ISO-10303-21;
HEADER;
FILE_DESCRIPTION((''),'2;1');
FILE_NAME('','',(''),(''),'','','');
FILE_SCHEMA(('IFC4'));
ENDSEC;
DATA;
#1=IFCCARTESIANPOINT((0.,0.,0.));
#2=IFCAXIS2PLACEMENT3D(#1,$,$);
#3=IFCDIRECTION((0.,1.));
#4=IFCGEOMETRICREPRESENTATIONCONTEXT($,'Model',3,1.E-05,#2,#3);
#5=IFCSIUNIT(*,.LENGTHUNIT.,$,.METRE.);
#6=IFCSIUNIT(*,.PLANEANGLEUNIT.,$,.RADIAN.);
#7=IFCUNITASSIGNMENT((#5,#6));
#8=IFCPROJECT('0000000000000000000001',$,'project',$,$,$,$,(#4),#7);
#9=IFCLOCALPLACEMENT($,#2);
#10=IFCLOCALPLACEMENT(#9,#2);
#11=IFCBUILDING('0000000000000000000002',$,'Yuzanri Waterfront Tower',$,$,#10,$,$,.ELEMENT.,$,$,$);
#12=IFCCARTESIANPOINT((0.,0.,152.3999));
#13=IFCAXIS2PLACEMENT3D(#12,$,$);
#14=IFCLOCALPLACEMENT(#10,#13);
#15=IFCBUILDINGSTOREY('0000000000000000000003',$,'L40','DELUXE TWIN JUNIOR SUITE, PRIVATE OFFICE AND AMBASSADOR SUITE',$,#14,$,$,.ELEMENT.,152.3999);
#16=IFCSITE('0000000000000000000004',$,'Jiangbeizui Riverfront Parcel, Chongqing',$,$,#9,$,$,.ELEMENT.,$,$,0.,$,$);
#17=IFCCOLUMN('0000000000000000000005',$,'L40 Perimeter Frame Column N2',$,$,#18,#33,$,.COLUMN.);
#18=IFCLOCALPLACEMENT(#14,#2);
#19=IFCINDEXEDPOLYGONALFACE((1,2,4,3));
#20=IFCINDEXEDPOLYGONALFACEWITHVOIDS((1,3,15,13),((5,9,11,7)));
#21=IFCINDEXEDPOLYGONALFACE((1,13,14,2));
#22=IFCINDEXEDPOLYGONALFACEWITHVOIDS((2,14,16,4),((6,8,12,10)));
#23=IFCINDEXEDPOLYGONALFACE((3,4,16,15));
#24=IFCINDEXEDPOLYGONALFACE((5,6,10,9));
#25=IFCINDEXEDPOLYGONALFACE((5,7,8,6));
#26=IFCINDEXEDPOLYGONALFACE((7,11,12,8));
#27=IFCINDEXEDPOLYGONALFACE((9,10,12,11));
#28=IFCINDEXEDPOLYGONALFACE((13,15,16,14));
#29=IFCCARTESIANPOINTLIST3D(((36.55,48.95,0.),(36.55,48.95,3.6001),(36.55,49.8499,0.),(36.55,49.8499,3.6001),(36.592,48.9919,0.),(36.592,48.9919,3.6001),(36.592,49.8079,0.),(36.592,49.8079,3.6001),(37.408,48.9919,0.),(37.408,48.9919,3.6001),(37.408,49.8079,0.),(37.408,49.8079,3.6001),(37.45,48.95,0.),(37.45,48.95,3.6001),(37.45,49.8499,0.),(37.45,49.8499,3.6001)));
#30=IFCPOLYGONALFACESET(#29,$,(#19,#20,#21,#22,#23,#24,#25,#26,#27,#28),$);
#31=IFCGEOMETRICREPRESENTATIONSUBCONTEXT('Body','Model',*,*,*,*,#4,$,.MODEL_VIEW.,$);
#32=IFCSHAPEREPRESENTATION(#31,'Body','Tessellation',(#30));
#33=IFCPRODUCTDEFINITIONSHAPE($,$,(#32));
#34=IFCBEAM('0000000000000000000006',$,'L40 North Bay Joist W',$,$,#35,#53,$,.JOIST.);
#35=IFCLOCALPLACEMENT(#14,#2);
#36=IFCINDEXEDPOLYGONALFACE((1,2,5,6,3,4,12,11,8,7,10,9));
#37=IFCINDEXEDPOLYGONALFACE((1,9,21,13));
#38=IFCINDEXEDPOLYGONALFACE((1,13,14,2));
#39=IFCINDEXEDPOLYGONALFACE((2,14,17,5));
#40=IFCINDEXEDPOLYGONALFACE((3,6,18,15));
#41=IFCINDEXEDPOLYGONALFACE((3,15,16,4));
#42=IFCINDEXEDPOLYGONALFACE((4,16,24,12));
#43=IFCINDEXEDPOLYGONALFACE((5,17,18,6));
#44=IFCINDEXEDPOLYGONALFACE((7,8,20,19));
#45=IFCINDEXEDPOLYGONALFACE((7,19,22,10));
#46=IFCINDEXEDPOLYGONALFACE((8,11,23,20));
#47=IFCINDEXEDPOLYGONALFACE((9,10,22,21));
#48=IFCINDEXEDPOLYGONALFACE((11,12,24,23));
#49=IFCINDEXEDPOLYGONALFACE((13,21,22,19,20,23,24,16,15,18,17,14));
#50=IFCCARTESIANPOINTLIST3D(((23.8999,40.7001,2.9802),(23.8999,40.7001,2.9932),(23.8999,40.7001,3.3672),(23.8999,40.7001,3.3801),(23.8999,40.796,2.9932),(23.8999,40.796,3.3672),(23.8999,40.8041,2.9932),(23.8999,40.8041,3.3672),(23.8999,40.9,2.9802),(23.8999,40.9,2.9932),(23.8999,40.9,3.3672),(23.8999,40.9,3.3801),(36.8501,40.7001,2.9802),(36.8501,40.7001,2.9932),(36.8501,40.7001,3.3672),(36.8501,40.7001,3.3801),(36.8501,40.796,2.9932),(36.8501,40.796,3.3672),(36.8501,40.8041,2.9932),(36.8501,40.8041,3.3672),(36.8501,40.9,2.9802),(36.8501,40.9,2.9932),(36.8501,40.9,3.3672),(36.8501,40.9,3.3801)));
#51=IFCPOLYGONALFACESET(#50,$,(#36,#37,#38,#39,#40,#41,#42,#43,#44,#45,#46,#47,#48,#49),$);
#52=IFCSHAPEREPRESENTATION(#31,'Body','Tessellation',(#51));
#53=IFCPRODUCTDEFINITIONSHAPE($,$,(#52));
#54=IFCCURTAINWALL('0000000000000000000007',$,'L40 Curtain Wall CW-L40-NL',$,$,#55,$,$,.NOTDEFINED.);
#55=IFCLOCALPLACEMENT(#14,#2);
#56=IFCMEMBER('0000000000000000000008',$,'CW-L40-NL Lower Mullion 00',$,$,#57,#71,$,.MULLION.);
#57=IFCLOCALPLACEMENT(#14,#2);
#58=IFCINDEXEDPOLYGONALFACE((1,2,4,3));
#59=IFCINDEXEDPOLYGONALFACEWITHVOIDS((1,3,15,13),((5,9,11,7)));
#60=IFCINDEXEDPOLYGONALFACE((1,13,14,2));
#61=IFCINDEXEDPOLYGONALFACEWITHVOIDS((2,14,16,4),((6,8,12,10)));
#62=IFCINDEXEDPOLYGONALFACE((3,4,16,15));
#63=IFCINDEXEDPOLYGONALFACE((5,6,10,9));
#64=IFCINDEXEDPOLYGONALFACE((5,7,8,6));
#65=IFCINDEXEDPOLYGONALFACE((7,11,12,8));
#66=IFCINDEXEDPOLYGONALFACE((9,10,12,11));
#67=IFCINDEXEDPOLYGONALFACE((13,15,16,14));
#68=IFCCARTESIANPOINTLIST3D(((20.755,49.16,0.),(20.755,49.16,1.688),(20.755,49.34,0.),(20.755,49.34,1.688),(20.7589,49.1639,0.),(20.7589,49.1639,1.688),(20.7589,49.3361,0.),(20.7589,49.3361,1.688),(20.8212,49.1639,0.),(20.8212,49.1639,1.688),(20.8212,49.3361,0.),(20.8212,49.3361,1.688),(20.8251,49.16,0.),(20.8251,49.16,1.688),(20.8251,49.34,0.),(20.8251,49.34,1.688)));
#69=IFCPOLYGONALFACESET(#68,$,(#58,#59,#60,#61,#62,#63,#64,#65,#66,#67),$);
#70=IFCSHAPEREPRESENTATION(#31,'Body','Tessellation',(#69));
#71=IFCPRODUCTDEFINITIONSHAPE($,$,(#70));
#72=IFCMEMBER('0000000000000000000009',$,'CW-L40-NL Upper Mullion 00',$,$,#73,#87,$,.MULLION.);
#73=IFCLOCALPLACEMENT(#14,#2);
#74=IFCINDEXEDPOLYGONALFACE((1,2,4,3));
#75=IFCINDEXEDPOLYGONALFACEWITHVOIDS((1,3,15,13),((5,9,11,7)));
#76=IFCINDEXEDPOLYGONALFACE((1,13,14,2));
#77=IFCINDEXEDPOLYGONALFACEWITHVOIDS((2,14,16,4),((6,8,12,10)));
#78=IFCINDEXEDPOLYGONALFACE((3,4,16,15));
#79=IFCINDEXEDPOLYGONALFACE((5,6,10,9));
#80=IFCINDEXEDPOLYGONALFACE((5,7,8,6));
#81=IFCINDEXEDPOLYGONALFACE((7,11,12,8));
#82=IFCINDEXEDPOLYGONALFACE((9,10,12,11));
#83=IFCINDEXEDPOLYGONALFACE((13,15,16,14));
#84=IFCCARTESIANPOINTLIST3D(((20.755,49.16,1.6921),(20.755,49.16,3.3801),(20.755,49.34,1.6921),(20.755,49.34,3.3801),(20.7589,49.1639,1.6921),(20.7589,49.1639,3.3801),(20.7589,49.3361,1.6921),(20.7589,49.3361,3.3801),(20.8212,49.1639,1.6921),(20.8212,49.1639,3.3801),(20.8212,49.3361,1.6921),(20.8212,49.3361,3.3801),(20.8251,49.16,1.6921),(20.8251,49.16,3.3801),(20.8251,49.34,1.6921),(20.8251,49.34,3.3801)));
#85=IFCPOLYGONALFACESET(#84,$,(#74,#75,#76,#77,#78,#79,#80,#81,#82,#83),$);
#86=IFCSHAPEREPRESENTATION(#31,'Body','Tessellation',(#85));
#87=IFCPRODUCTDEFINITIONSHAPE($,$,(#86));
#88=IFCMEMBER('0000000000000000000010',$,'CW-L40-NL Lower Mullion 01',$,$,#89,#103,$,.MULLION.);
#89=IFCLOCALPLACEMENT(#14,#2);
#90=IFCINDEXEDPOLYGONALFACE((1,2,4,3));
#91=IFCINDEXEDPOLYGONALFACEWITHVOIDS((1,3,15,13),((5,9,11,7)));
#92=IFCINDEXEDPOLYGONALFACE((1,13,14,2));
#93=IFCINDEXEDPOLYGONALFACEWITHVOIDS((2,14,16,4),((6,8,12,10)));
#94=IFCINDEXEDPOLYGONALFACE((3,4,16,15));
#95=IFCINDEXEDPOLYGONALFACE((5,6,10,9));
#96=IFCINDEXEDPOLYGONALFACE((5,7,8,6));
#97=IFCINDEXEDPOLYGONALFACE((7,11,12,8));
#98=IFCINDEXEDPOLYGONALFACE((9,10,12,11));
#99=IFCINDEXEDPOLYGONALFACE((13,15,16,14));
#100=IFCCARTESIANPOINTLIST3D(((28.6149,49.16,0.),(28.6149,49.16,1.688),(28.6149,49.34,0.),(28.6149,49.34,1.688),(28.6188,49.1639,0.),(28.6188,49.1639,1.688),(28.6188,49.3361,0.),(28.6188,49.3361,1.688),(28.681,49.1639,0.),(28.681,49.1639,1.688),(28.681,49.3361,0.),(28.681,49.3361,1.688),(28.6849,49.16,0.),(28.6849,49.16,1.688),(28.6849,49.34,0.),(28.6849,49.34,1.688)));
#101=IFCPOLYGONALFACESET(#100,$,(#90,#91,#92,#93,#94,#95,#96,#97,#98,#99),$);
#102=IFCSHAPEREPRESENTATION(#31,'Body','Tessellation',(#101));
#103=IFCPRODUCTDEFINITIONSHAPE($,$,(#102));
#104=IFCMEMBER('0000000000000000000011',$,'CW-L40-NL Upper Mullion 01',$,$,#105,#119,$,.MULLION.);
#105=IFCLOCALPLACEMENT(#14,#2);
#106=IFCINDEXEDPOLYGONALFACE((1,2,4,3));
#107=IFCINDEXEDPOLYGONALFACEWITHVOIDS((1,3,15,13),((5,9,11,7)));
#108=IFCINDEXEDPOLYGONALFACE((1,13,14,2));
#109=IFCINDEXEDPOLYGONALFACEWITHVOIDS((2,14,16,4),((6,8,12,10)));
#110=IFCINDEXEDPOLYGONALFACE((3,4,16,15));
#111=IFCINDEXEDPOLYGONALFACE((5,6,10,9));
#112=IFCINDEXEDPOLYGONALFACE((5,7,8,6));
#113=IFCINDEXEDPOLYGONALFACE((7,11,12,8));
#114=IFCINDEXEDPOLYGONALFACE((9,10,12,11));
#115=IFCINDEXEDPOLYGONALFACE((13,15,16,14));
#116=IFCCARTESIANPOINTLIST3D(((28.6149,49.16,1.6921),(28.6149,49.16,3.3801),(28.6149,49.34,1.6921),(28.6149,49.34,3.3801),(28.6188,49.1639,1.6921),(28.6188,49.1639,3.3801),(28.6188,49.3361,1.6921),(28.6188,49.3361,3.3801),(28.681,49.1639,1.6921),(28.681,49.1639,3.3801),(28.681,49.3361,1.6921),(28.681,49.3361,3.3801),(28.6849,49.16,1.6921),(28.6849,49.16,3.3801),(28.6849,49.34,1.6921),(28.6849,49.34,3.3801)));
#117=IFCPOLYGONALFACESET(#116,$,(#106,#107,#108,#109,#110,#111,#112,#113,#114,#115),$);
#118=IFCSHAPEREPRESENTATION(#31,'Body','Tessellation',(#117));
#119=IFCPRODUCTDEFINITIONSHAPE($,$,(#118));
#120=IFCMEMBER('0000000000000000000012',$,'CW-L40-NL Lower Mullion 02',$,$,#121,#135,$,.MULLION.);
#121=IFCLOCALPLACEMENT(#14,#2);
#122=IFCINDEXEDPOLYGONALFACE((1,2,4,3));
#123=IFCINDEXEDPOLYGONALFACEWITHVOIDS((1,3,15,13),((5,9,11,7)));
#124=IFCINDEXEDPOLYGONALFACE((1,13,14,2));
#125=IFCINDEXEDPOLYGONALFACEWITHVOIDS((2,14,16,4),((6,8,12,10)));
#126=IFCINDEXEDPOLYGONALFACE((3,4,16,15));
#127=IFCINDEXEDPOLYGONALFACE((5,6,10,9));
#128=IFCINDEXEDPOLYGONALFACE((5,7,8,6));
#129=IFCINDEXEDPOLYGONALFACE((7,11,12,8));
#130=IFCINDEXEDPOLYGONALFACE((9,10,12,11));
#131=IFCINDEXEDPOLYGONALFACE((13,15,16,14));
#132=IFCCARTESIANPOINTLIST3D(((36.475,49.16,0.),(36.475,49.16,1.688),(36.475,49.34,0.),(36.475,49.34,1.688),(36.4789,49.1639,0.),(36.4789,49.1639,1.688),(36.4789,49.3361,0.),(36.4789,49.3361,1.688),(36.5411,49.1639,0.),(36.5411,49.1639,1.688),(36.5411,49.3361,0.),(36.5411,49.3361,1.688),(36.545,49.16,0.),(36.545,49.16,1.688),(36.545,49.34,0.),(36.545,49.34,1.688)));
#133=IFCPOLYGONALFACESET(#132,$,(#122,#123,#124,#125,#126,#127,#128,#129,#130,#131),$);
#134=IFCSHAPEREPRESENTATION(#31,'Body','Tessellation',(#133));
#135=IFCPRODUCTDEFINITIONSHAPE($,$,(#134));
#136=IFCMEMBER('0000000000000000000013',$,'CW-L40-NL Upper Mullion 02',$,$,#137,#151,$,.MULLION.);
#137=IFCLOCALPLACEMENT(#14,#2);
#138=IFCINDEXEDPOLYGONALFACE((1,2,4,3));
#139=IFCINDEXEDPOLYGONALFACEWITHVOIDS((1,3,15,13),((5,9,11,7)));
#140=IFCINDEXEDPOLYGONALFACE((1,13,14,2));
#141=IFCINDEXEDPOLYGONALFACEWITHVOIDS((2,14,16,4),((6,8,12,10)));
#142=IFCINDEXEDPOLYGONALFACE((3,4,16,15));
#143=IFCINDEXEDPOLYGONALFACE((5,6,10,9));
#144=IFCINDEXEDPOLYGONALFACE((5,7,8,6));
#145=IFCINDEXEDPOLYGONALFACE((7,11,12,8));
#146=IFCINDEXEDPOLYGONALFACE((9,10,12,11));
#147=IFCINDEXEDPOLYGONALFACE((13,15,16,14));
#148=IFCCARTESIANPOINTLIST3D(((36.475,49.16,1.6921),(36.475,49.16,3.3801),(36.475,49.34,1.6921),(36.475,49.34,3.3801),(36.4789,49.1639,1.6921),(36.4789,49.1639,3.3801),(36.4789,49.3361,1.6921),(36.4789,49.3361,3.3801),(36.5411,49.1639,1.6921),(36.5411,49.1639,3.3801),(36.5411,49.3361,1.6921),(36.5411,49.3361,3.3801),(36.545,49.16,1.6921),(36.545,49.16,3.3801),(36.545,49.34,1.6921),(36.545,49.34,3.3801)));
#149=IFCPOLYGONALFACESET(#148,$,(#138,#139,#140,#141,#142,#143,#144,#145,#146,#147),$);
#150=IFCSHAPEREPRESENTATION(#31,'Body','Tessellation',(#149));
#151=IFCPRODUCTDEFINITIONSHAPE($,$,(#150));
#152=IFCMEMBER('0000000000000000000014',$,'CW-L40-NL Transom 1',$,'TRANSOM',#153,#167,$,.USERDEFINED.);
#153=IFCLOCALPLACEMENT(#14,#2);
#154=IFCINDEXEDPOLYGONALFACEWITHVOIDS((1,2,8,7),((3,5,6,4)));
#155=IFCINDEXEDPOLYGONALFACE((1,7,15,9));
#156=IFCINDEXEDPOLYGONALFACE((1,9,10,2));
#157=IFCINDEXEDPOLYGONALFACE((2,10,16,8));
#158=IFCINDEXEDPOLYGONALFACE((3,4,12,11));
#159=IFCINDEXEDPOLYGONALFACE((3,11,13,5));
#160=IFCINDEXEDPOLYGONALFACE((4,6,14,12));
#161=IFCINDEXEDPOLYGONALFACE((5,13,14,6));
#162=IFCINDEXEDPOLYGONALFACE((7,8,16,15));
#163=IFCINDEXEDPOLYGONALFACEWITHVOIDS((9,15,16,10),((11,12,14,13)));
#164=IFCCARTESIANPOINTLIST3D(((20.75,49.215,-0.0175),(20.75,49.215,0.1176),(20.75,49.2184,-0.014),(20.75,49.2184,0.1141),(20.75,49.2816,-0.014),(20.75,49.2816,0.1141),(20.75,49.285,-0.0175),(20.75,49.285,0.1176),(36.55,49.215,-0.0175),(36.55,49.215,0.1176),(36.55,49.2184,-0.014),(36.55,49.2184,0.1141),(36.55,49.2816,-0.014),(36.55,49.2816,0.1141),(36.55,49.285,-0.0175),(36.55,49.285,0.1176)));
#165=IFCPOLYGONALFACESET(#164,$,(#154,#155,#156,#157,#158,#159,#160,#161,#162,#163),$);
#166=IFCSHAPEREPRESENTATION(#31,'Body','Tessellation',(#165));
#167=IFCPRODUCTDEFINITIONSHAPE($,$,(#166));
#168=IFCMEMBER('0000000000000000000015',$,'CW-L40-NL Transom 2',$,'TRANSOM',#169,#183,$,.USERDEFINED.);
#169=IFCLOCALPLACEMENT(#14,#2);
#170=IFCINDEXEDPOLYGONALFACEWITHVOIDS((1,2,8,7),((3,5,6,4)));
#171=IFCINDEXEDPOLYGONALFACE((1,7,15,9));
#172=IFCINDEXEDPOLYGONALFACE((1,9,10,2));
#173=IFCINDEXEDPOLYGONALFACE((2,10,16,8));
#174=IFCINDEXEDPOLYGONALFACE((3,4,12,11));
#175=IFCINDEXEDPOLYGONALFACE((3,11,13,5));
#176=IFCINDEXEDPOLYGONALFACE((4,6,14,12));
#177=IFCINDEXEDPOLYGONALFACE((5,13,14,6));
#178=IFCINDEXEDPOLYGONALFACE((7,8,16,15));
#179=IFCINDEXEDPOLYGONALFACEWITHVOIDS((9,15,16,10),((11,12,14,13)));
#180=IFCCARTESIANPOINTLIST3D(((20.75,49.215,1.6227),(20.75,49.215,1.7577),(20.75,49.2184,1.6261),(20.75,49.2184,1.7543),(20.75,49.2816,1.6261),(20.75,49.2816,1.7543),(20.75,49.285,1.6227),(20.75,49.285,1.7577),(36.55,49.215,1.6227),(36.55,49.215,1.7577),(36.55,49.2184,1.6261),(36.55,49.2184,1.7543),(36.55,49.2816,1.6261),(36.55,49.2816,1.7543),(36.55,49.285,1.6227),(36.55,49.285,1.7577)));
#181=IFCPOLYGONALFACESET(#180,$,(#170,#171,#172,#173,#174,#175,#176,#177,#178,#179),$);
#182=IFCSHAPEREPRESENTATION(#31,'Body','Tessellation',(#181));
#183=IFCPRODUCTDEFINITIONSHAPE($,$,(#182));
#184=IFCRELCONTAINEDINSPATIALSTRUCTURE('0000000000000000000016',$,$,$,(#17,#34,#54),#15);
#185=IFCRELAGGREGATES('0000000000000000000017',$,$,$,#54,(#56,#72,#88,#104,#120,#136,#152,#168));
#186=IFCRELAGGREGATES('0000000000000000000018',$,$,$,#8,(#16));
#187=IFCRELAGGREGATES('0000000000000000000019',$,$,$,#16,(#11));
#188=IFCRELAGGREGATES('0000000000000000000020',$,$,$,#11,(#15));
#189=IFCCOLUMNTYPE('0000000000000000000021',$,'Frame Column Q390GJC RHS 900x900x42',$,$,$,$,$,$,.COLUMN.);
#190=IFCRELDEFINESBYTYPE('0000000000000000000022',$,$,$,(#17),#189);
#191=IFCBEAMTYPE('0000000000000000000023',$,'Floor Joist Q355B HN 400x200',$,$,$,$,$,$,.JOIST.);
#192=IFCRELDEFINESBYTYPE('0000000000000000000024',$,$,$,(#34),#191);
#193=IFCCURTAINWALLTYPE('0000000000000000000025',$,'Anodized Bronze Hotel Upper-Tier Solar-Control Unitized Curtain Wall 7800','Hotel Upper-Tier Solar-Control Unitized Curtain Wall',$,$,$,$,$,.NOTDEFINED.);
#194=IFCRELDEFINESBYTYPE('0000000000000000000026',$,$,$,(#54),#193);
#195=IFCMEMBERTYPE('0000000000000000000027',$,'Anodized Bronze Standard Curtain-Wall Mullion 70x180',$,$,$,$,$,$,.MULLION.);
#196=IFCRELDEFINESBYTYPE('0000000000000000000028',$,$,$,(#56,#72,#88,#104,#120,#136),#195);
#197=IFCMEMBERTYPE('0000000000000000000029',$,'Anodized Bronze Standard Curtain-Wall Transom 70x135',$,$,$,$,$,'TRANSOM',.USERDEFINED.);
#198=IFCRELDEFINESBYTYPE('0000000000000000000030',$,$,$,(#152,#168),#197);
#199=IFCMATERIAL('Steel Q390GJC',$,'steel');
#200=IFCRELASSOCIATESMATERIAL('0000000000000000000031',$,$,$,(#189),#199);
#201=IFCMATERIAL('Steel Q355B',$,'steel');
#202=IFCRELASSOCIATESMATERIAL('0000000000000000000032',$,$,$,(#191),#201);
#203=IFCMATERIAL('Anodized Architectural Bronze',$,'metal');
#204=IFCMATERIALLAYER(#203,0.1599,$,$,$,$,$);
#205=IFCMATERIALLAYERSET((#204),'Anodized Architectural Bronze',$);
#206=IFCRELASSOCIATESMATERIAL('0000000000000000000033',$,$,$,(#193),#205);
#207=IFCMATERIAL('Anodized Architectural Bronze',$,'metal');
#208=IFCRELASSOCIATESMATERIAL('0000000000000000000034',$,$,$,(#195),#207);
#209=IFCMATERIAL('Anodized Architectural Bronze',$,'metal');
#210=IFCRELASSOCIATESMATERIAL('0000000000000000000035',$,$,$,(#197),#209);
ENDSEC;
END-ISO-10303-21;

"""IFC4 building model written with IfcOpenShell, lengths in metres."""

from ifc_helpers import new_model, si_unit, direction, frame, origin, origin_2d, place, context, subcontext, project, spatial, hollow_rectangle, i_section, extrude, source, transform, mapped, material, layer, layer_set, material_profile, profile_set, type_object, element, aggregate, save


model = new_model("IFC4")

# Units and contexts
model_context = context("Model", 3, precision=1e-05, world=origin(), true_north=direction((0.0, 1.0)))
body_context = subcontext(model_context, "Body", "Model", "MODEL_VIEW")
ifc_project = project(units=[si_unit("LENGTHUNIT", "METRE"), si_unit("PLANEANGLEUNIT", "RADIAN")], contexts=[model_context])

# Site, building, storey
site_placement = place(None, origin())
site = spatial("IfcSite", under=ifc_project, at=site_placement, Name="Jiangbeizui Riverfront Parcel, Chongqing", CompositionType="ELEMENT", RefElevation=0.0)
building_placement = place(site_placement, origin())
building = spatial("IfcBuilding", under=site, at=building_placement, Name="Yuzanri Waterfront Tower", CompositionType="ELEMENT")
storey_placement = place(building_placement, frame((0.0, 0.0, 152.3999)))
storey = spatial("IfcBuildingStorey", under=building, at=storey_placement, Name="L40", Description="DELUXE TWIN JUNIOR SUITE, PRIVATE OFFICE AND AMBASSADOR SUITE", CompositionType="ELEMENT", Elevation=152.3999)

# Column
ifc_material_1 = material(Name="Steel Q390GJC", Category="steel")
ifc_material_profile_1 = material_profile(ifc_material_1, hollow_rectangle(XDim=0.8999, YDim=0.8999, WallThickness=0.042, at=origin_2d()), Name="RHS 900x900x42")
ifc_profile_set_1 = profile_set([ifc_material_profile_1], Name="Steel Q390GJC")
column_type = type_object("IfcColumnType", Name="Frame Column Q390GJC RHS 900x900x42", PredefinedType="COLUMN", material=ifc_profile_set_1)
shared_shape_1 = source(origin(), body_context, "Body", "SweptSolid", [
    extrude(hollow_rectangle(XDim=0.8999, YDim=0.8999, WallThickness=0.042, at=origin_2d()), origin(), (0.0, 0.0, 1.0), 3.6001),
])
column_placement = place(storey_placement, frame((37.0, 49.3999, 0.0), z_axis=(0.0, 0.0, 1.0), x_axis=(1.0, 0.0, 0.0)))
element("IfcColumn", 1, at=column_placement, inside=storey, type_object=column_type, Name="L40 Perimeter Frame Column N2", PredefinedType="COLUMN", context=body_context, shape_type="MappedRepresentation", body=[
    mapped(shared_shape_1, transform((0.0, 0.0, 0.0), scale=1.0)),
])

# Beam
ifc_material_2 = material(Name="Steel Q355B", Category="steel")
ifc_material_profile_2 = material_profile(ifc_material_2, i_section(OverallWidth=0.2, OverallDepth=0.3999, WebThickness=0.0081, FlangeThickness=0.0129, at=origin_2d()), Name="HN 400x200x8x13")
ifc_profile_set_2 = profile_set([ifc_material_profile_2], Name="Steel Q355B")
beam_type = type_object("IfcBeamType", Name="Floor Joist Q355B HN 400x200", PredefinedType="JOIST", material=ifc_profile_set_2)
shared_shape_2 = source(origin(), body_context, "Body", "SweptSolid", [
    extrude(i_section(OverallWidth=0.2, OverallDepth=0.3999, WebThickness=0.0081, FlangeThickness=0.0129, at=origin_2d()), origin(), (0.0, 0.0, 1.0), 12.9502),
])
beam_placement = place(storey_placement, frame((23.8999, 40.8, 3.1802), z_axis=(1.0, 0.0, 0.0), x_axis=(0.0, 1.0, 0.0)))
element("IfcBeam", 2, at=beam_placement, inside=storey, type_object=beam_type, Name="L40 North Bay Joist W", PredefinedType="JOIST", context=body_context, shape_type="MappedRepresentation", body=[
    mapped(shared_shape_2, transform((0.0, 0.0, 0.0), scale=1.0)),
])

# Curtain wall, members
ifc_material_3 = material(Name="Anodized Architectural Bronze", Category="metal")
ifc_layer_1 = layer(ifc_material_3, 0.1599)
ifc_layer_set_1 = layer_set([ifc_layer_1], Name="Anodized Architectural Bronze")
curtain_wall_type = type_object("IfcCurtainWallType", Name="Anodized Bronze Hotel Upper-Tier Solar-Control Unitized Curtain Wall 7800", Description="Hotel Upper-Tier Solar-Control Unitized Curtain Wall", PredefinedType="NOTDEFINED", material=ifc_layer_set_1)
curtain_wall_placement = place(storey_placement, origin())
curtain_wall = element("IfcCurtainWall", 3, at=curtain_wall_placement, inside=storey, type_object=curtain_wall_type, Name="L40 Curtain Wall CW-L40-NL", PredefinedType="NOTDEFINED")
ifc_material_4 = material(Name="Anodized Architectural Bronze", Category="metal")
ifc_material_profile_3 = material_profile(ifc_material_4, hollow_rectangle(XDim=0.0701, YDim=0.1799, WallThickness=0.0039, at=origin_2d()), Name="CWM 70x180")
ifc_profile_set_3 = profile_set([ifc_material_profile_3], Name="Anodized Architectural Bronze")
member_type_1 = type_object("IfcMemberType", Name="Anodized Bronze Standard Curtain-Wall Mullion 70x180", PredefinedType="MULLION", material=ifc_profile_set_3)
shared_shape_3 = source(origin(), body_context, "Body", "SweptSolid", [
    extrude(hollow_rectangle(XDim=0.0701, YDim=0.1799, WallThickness=0.0039, at=origin_2d()), origin(), (0.0, 0.0, 1.0), 1.688),
])
member_1_placement = place(storey_placement, frame((20.79, 49.25, 0.0), z_axis=(0.0, 0.0, 1.0), x_axis=(1.0, 0.0, 0.0)))
member_1 = element("IfcMember", 4, at=member_1_placement, type_object=member_type_1, Name="CW-L40-NL Lower Mullion 00", PredefinedType="MULLION", context=body_context, shape_type="MappedRepresentation", body=[
    mapped(shared_shape_3, transform((0.0, 0.0, 0.0), scale=1.0)),
])
member_2_placement = place(storey_placement, frame((20.79, 49.25, 1.6921), z_axis=(0.0, 0.0, 1.0), x_axis=(1.0, 0.0, 0.0)))
member_2 = element("IfcMember", 5, at=member_2_placement, type_object=member_type_1, Name="CW-L40-NL Upper Mullion 00", PredefinedType="MULLION", context=body_context, shape_type="MappedRepresentation", body=[
    mapped(shared_shape_3, transform((0.0, 0.0, 0.0), scale=1.0)),
])
member_3_placement = place(storey_placement, frame((28.6499, 49.25, 0.0), z_axis=(0.0, 0.0, 1.0), x_axis=(1.0, 0.0, 0.0)))
member_3 = element("IfcMember", 6, at=member_3_placement, type_object=member_type_1, Name="CW-L40-NL Lower Mullion 01", PredefinedType="MULLION", context=body_context, shape_type="MappedRepresentation", body=[
    mapped(shared_shape_3, transform((0.0, 0.0, 0.0), scale=1.0)),
])
member_4_placement = place(storey_placement, frame((28.6499, 49.25, 1.6921), z_axis=(0.0, 0.0, 1.0), x_axis=(1.0, 0.0, 0.0)))
member_4 = element("IfcMember", 7, at=member_4_placement, type_object=member_type_1, Name="CW-L40-NL Upper Mullion 01", PredefinedType="MULLION", context=body_context, shape_type="MappedRepresentation", body=[
    mapped(shared_shape_3, transform((0.0, 0.0, 0.0), scale=1.0)),
])
member_5_placement = place(storey_placement, frame((36.51, 49.25, 0.0), z_axis=(0.0, 0.0, 1.0), x_axis=(1.0, 0.0, 0.0)))
member_5 = element("IfcMember", 8, at=member_5_placement, type_object=member_type_1, Name="CW-L40-NL Lower Mullion 02", PredefinedType="MULLION", context=body_context, shape_type="MappedRepresentation", body=[
    mapped(shared_shape_3, transform((0.0, 0.0, 0.0), scale=1.0)),
])
member_6_placement = place(storey_placement, frame((36.51, 49.25, 1.6921), z_axis=(0.0, 0.0, 1.0), x_axis=(1.0, 0.0, 0.0)))
member_6 = element("IfcMember", 9, at=member_6_placement, type_object=member_type_1, Name="CW-L40-NL Upper Mullion 02", PredefinedType="MULLION", context=body_context, shape_type="MappedRepresentation", body=[
    mapped(shared_shape_3, transform((0.0, 0.0, 0.0), scale=1.0)),
])
ifc_material_5 = material(Name="Anodized Architectural Bronze", Category="metal")
ifc_material_profile_4 = material_profile(ifc_material_5, hollow_rectangle(XDim=0.0701, YDim=0.135, WallThickness=0.0034, at=origin_2d()), Name="CWT 70x135")
ifc_profile_set_4 = profile_set([ifc_material_profile_4], Name="Anodized Architectural Bronze")
member_type_2 = type_object("IfcMemberType", Name="Anodized Bronze Standard Curtain-Wall Transom 70x135", ElementType="TRANSOM", PredefinedType="USERDEFINED", material=ifc_profile_set_4)
shared_shape_4 = source(origin(), body_context, "Body", "SweptSolid", [
    extrude(hollow_rectangle(XDim=0.0701, YDim=0.135, WallThickness=0.0034, at=origin_2d()), origin(), (0.0, 0.0, 1.0), 15.8),
])
member_7_placement = place(storey_placement, frame((20.75, 49.25, 0.05), z_axis=(1.0, 0.0, 0.0), x_axis=(0.0, 1.0, 0.0)))
member_7 = element("IfcMember", 10, at=member_7_placement, type_object=member_type_2, Name="CW-L40-NL Transom 1", ObjectType="TRANSOM", PredefinedType="USERDEFINED", context=body_context, shape_type="MappedRepresentation", body=[
    mapped(shared_shape_4, transform((0.0, 0.0, 0.0), scale=1.0)),
])
member_8_placement = place(storey_placement, frame((20.75, 49.25, 1.6902), z_axis=(1.0, 0.0, 0.0), x_axis=(0.0, 1.0, 0.0)))
member_8 = element("IfcMember", 11, at=member_8_placement, type_object=member_type_2, Name="CW-L40-NL Transom 2", ObjectType="TRANSOM", PredefinedType="USERDEFINED", context=body_context, shape_type="MappedRepresentation", body=[
    mapped(shared_shape_4, transform((0.0, 0.0, 0.0), scale=1.0)),
])
aggregate(curtain_wall, [member_1, member_2, member_3, member_4, member_5, member_6, member_7, member_8])

save(model, "model.ifc")
